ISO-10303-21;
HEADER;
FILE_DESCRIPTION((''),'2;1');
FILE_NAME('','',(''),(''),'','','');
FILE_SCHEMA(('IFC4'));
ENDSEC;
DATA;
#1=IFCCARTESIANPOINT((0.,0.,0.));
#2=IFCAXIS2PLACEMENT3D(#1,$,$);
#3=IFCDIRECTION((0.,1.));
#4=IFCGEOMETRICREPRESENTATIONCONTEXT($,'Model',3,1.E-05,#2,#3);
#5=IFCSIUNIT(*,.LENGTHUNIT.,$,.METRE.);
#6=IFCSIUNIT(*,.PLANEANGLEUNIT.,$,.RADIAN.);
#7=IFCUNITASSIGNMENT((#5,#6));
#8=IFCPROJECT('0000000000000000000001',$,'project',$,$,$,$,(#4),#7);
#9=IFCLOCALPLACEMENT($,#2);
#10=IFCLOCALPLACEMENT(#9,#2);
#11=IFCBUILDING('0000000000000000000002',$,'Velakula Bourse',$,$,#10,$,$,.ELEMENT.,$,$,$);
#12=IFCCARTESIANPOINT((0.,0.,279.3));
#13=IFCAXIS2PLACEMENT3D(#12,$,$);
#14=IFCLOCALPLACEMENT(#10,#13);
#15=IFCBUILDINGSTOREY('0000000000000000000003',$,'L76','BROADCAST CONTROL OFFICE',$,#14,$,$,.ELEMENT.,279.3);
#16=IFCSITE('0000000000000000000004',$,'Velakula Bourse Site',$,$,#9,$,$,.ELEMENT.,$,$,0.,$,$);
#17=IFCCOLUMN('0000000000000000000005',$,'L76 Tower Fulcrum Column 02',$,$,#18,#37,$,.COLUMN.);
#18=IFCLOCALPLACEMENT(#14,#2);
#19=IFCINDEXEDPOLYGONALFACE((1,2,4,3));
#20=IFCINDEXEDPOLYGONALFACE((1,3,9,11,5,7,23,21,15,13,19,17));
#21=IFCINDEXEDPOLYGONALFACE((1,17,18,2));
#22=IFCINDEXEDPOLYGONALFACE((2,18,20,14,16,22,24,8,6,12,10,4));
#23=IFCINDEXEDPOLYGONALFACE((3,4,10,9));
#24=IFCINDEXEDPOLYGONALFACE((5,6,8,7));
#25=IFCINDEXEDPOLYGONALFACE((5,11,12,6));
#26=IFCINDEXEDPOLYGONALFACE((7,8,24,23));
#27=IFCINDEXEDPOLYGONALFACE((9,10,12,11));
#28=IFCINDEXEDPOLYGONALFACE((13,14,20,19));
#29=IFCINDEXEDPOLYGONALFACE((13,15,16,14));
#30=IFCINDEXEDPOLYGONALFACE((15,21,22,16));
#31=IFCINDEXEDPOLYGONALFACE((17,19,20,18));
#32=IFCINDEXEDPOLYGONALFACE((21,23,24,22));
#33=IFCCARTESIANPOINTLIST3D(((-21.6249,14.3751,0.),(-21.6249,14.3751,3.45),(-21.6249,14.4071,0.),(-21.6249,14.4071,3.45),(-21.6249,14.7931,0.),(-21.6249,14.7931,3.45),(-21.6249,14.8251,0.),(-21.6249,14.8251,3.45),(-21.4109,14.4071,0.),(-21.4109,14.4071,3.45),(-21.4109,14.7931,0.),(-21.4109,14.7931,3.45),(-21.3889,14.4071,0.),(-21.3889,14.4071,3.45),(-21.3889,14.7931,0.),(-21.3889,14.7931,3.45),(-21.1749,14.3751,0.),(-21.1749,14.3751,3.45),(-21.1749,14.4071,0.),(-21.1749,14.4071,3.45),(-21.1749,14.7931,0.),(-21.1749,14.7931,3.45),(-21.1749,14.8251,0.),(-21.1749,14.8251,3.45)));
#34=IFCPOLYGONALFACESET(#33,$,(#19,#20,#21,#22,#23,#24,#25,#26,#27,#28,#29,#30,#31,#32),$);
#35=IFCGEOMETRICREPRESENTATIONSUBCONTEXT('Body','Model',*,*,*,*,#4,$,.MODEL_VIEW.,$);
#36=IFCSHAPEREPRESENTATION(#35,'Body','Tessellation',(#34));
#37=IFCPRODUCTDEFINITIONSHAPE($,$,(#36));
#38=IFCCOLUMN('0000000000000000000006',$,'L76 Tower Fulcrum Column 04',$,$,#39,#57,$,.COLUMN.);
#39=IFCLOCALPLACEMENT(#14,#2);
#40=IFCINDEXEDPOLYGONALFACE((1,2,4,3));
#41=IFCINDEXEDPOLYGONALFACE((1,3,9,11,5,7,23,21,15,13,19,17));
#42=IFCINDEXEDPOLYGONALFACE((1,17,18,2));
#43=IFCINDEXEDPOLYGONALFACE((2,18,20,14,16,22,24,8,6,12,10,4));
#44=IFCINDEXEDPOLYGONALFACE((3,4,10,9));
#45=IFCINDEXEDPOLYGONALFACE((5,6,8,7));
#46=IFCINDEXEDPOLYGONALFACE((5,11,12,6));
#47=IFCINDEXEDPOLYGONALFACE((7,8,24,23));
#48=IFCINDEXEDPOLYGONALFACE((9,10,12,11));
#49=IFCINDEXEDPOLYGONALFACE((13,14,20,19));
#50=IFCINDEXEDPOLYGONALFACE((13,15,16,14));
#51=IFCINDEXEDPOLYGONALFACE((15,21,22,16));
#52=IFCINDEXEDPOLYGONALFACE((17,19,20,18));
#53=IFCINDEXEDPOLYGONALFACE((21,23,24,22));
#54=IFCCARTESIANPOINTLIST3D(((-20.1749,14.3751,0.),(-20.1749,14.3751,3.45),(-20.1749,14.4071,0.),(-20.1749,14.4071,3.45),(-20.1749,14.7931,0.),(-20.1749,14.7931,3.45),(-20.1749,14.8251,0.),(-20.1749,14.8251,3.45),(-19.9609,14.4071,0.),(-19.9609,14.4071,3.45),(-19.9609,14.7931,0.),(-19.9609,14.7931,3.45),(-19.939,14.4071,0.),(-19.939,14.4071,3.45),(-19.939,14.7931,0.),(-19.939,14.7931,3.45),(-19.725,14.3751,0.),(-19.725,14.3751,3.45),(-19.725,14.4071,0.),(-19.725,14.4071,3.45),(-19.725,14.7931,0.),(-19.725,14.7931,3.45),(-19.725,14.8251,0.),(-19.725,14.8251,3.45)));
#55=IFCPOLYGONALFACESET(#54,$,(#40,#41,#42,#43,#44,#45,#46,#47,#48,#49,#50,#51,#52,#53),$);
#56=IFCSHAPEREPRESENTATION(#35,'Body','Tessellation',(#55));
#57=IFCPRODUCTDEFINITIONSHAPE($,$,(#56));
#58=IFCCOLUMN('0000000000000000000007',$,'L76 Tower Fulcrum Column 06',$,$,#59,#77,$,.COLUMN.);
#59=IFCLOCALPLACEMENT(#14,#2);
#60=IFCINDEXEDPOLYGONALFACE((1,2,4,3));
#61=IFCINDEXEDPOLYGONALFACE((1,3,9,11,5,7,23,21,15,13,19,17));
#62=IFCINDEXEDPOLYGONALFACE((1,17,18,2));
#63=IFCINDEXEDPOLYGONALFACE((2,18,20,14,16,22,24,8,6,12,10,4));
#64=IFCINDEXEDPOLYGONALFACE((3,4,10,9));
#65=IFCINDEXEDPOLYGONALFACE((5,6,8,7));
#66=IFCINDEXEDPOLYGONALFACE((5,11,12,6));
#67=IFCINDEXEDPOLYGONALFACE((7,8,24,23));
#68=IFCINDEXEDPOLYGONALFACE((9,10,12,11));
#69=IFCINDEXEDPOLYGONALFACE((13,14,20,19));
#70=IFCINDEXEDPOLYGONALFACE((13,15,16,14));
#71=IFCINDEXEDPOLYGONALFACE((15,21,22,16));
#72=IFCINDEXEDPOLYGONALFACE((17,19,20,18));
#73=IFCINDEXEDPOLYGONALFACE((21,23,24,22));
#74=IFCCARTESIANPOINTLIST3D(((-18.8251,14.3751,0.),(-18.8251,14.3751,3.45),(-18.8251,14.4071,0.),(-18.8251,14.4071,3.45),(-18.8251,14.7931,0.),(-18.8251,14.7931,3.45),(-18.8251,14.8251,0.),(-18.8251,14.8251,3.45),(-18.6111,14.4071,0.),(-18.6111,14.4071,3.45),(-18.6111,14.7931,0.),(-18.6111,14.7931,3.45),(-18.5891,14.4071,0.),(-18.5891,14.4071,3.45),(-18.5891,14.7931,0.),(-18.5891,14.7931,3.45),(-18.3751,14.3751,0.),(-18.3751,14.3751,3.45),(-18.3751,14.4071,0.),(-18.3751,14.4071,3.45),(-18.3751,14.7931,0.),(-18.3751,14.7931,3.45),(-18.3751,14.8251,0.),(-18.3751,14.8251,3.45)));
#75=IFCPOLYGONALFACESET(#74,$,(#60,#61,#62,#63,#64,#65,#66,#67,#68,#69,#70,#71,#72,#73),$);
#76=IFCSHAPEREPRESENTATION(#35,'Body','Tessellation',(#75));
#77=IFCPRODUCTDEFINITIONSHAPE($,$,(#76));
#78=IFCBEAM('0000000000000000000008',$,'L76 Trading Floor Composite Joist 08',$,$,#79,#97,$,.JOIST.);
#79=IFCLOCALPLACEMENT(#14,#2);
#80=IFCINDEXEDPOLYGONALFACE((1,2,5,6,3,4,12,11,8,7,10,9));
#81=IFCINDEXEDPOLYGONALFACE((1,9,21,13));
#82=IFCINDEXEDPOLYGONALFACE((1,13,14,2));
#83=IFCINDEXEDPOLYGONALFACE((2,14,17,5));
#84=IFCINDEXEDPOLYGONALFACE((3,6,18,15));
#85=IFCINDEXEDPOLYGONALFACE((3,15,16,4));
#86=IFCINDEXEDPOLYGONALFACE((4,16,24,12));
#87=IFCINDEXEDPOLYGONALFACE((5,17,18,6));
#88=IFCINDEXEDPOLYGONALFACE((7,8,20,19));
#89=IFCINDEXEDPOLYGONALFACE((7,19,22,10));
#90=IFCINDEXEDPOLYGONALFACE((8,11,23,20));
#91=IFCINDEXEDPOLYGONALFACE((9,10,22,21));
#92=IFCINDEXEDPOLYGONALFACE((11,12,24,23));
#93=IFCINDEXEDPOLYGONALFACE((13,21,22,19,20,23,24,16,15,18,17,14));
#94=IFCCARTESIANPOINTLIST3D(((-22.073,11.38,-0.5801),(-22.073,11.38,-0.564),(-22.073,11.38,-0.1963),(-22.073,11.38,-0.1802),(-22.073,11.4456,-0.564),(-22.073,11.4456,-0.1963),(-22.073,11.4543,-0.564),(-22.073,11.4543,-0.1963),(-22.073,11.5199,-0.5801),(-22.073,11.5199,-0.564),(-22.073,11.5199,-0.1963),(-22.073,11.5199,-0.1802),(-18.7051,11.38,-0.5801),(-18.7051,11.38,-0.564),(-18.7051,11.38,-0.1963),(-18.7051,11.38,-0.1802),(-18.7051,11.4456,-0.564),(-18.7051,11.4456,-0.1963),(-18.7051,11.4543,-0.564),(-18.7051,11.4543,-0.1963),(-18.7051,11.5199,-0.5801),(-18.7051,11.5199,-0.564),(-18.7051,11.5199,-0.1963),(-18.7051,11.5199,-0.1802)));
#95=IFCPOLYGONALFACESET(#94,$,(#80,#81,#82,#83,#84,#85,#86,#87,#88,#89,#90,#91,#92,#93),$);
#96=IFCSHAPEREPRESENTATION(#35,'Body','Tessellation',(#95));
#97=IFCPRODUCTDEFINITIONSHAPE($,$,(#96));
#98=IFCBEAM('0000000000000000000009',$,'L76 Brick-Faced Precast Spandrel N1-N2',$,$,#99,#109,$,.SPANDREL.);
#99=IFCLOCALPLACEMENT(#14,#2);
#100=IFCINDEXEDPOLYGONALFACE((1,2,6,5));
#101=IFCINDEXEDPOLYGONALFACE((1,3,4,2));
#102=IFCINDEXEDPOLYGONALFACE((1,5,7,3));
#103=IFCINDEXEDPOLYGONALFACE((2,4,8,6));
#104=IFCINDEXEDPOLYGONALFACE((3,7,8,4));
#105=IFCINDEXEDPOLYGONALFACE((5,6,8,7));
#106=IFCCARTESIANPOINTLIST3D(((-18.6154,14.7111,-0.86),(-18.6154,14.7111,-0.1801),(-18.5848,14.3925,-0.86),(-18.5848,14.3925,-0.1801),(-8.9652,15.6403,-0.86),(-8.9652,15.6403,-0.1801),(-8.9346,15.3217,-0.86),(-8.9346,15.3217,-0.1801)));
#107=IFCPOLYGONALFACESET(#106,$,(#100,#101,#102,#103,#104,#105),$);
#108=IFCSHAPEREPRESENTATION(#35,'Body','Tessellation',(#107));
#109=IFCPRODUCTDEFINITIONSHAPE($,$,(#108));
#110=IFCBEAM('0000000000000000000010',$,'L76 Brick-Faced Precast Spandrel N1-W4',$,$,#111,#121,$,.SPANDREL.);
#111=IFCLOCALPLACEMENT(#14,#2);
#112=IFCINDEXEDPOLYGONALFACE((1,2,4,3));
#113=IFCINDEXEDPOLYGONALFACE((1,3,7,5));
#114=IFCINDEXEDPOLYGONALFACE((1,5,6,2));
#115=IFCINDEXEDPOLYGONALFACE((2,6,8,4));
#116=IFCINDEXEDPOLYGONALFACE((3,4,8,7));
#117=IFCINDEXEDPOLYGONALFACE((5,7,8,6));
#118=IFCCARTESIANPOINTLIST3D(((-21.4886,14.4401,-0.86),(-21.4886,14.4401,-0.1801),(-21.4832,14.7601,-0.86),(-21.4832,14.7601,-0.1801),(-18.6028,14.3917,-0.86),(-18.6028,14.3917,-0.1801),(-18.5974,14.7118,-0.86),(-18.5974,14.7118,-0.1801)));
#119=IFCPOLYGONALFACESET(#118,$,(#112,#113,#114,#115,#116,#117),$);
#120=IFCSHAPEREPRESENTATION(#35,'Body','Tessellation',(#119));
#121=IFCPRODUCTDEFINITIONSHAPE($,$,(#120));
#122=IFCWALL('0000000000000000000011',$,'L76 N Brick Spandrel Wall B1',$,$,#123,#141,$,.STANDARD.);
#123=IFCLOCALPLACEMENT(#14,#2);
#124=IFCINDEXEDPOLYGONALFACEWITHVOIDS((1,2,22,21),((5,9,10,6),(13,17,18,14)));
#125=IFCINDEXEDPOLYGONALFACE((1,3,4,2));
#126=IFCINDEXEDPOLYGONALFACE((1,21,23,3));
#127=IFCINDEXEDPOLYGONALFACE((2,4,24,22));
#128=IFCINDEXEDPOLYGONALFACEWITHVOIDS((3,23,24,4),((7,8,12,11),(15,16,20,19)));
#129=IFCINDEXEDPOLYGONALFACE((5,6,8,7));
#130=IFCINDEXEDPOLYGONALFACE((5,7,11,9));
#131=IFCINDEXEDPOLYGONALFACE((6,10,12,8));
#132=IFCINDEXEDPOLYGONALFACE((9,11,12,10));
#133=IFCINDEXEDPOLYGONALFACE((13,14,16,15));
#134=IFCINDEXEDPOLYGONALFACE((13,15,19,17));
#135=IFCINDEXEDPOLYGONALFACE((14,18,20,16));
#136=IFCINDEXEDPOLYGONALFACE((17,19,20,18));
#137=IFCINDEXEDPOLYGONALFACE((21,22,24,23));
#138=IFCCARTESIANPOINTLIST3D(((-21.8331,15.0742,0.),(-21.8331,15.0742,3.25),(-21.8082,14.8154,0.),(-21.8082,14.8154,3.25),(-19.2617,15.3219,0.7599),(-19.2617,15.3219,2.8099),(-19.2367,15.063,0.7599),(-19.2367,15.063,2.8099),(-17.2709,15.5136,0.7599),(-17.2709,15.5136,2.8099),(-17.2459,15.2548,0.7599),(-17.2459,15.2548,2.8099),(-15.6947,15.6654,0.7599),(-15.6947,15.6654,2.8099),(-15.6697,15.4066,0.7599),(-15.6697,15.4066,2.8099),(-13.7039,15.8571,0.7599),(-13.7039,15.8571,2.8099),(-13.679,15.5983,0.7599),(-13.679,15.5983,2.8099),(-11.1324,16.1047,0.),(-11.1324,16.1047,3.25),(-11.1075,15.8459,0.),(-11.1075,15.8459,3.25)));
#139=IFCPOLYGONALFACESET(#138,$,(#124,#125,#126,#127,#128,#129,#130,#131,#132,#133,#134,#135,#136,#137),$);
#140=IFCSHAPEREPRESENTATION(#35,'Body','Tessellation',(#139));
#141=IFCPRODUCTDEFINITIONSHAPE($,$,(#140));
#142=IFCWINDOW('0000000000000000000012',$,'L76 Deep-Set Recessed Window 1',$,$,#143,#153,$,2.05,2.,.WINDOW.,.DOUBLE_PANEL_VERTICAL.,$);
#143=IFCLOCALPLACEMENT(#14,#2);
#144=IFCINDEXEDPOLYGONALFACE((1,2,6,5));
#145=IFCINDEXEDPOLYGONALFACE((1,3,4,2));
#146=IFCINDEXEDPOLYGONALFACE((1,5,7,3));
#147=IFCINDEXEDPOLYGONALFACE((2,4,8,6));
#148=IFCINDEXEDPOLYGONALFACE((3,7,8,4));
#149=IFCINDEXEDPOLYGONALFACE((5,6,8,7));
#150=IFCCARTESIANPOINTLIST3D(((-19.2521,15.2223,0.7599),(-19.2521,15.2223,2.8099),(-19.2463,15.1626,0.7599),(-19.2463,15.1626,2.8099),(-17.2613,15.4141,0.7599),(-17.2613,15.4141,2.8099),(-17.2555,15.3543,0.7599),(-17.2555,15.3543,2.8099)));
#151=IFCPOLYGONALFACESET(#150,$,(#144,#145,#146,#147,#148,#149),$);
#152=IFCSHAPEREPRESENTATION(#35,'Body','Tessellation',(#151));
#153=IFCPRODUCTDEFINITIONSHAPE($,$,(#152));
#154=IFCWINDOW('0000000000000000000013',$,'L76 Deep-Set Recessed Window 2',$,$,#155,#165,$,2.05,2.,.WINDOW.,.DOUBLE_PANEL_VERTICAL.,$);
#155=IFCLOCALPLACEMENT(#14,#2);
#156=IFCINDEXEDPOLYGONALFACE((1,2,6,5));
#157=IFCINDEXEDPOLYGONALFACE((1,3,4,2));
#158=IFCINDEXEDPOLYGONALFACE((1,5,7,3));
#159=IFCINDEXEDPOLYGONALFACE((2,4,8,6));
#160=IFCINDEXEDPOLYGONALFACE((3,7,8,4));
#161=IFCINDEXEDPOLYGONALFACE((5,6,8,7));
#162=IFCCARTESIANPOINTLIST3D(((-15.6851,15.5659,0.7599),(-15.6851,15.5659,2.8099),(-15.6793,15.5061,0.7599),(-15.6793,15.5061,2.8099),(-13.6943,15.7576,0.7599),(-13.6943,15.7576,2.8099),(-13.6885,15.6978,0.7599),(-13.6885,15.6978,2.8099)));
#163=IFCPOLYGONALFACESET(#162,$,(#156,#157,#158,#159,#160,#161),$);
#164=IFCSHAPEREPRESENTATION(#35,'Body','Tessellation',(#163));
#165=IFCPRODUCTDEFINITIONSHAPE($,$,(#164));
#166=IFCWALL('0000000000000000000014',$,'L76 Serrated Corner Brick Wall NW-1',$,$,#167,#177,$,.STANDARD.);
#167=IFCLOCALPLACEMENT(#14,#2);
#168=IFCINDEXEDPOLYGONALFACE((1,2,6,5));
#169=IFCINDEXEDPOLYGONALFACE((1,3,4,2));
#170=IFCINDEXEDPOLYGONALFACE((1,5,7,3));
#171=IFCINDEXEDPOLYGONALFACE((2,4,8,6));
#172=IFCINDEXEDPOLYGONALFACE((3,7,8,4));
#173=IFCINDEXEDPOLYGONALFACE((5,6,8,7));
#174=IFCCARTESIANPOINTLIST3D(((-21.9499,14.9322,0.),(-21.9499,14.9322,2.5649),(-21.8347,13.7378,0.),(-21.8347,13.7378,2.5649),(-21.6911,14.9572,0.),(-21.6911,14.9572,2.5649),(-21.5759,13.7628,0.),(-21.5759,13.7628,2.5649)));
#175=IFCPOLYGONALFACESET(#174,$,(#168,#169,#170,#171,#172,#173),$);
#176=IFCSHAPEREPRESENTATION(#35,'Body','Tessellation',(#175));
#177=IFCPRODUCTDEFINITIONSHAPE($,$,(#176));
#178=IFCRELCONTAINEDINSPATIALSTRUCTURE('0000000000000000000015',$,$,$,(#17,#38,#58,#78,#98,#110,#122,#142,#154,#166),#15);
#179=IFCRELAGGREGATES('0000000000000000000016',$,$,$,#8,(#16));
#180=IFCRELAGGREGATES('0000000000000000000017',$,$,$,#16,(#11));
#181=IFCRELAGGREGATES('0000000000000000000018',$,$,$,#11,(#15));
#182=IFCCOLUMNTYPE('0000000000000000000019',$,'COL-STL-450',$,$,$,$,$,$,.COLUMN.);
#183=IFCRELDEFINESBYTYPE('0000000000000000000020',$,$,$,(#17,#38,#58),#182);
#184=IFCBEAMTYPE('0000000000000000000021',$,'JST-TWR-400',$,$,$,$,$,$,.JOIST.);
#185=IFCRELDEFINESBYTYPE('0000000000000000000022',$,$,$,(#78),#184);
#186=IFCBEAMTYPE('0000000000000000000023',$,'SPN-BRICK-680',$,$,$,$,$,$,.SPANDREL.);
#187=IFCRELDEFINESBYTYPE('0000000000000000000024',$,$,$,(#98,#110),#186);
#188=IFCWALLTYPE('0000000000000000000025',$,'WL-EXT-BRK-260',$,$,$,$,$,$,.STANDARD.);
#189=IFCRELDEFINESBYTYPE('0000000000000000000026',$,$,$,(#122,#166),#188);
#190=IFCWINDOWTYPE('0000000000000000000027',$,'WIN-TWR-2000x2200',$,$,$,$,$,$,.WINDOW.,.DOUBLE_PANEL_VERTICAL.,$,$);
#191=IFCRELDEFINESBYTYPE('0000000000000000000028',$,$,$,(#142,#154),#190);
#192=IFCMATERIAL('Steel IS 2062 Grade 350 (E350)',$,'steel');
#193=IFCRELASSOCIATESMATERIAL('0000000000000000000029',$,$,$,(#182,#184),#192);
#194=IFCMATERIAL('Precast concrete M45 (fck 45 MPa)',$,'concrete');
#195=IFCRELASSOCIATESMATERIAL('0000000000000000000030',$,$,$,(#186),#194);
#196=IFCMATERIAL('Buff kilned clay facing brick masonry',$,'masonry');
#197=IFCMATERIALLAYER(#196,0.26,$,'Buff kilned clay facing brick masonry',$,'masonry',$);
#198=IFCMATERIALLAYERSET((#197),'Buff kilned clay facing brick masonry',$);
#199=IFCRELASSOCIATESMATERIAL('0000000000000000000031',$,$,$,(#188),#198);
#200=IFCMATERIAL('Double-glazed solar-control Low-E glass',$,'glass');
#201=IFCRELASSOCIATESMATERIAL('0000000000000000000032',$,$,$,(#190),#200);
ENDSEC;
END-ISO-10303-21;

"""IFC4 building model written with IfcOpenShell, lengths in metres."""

from ifc_helpers import new_model, si_unit, direction, frame, frame_2d, origin, origin_2d, place, context, subcontext, project, spatial, rectangle, i_section, extrude, material, layer, layer_set, material_profile, profile_set, type_object, element, fill, save


model = new_model("IFC4")

# Units and contexts
model_context = context("Model", 3, precision=1e-05, world=origin(), true_north=direction((0.0, 1.0)))
body_context = subcontext(model_context, "Body", "Model", "MODEL_VIEW")
ifc_project = project(units=[si_unit("LENGTHUNIT", "METRE"), si_unit("PLANEANGLEUNIT", "RADIAN")], contexts=[model_context])

# Site, building, storey
site_placement = place(None, origin())
site = spatial("IfcSite", under=ifc_project, at=site_placement, Name="Velakula Bourse Site", CompositionType="ELEMENT", RefElevation=0.0)
building_placement = place(site_placement, origin())
building = spatial("IfcBuilding", under=site, at=building_placement, Name="Velakula Bourse", CompositionType="ELEMENT")
storey_placement = place(building_placement, frame((0.0, 0.0, 279.3)))
storey = spatial("IfcBuildingStorey", under=building, at=storey_placement, Name="L76", Description="BROADCAST CONTROL OFFICE", CompositionType="ELEMENT", Elevation=279.3)

# Columns
ifc_material_1 = material(Name="Steel IS 2062 Grade 350 (E350)", Category="steel")
ifc_material_profile_1 = material_profile(ifc_material_1, i_section(OverallWidth=0.45, OverallDepth=0.45, WebThickness=0.022, FlangeThickness=0.032, at=origin_2d()), Name="Steel IS 2062 Grade 350 (E350)")
ifc_profile_set_1 = profile_set([ifc_material_profile_1], Name="Steel IS 2062 Grade 350 (E350)")
column_type = type_object("IfcColumnType", Name="COL-STL-450", PredefinedType="COLUMN", material=ifc_profile_set_1)
for number, where, z_axis, x_axis, name in (
    (1, (-21.3999, 14.6001, 0.0), (0.0, 0.0, 1.0), (1.0, 0.0, 0.0), "L76 Tower Fulcrum Column 02"),
    (2, (-19.95, 14.6001, 0.0), (0.0, 0.0, 1.0), (1.0, 0.0, 0.0), "L76 Tower Fulcrum Column 04"),
    (3, (-18.6001, 14.6001, 0.0), (0.0, 0.0, 1.0), (1.0, 0.0, 0.0), "L76 Tower Fulcrum Column 06"),
):
    element("IfcColumn", number, at=place(storey_placement, frame(where, z_axis=z_axis, x_axis=x_axis)), inside=storey, type_object=column_type, Name=name, PredefinedType="COLUMN", context=body_context, shape_type="SweptSolid", body=[
        extrude(i_section(OverallWidth=0.45, OverallDepth=0.45, WebThickness=0.022, FlangeThickness=0.032, at=origin_2d()), origin(), (0.0, 0.0, 1.0), 3.45),
    ])

# Beams
ifc_material_profile_2 = material_profile(ifc_material_1, i_section(OverallWidth=0.1399, OverallDepth=0.3999, WebThickness=0.0088, FlangeThickness=0.0161, at=origin_2d()), Name="Steel IS 2062 Grade 350 (E350)")
ifc_profile_set_2 = profile_set([ifc_material_profile_2], Name="Steel IS 2062 Grade 350 (E350)")
beam_type_1 = type_object("IfcBeamType", Name="JST-TWR-400", PredefinedType="JOIST", material=ifc_profile_set_2)
beam_1_placement = place(storey_placement, frame((-22.073, 11.45, -0.3801), z_axis=(1.0, 0.0, 0.0), x_axis=(0.0, 1.0, 0.0)))
element("IfcBeam", 4, at=beam_1_placement, inside=storey, type_object=beam_type_1, Name="L76 Trading Floor Composite Joist 08", PredefinedType="JOIST", context=body_context, shape_type="SweptSolid", body=[
    extrude(i_section(OverallWidth=0.1399, OverallDepth=0.3999, WebThickness=0.0088, FlangeThickness=0.0161, at=origin_2d()), origin(), (0.0, 0.0, 1.0), 3.3679),
])
ifc_material_2 = material(Name="Precast concrete M45 (fck 45 MPa)", Category="concrete")
ifc_material_profile_3 = material_profile(ifc_material_2, rectangle(XDim=0.3201, YDim=0.6799, at=origin_2d()), Name="Precast concrete M45 (fck 45 MPa)")
ifc_profile_set_3 = profile_set([ifc_material_profile_3], Name="Precast concrete M45 (fck 45 MPa)")
beam_type_2 = type_object("IfcBeamType", Name="SPN-BRICK-680", PredefinedType="SPANDREL", material=ifc_profile_set_3)
beam_2_placement = place(storey_placement, frame((-18.6001, 14.5518, -0.52), z_axis=(0.995396, 0.095845, 0.0), x_axis=(-0.095845, 0.995396, 0.0)))
element("IfcBeam", 5, at=beam_2_placement, inside=storey, type_object=beam_type_2, Name="L76 Brick-Faced Precast Spandrel N1-N2", PredefinedType="SPANDREL", context=body_context, shape_type="SweptSolid", body=[
    extrude(rectangle(XDim=0.3201, YDim=0.6799, at=origin_2d()), origin(), (0.0, 0.0, 1.0), 9.6948),
])
beam_3_placement = place(storey_placement, frame((-18.6001, 14.5518, -0.52), z_axis=(-0.99986, 0.016749, 0.0), x_axis=(-0.016749, -0.99986, 0.0)))
element("IfcBeam", 6, at=beam_3_placement, inside=storey, type_object=beam_type_2, Name="L76 Brick-Faced Precast Spandrel N1-W4", PredefinedType="SPANDREL", context=body_context, shape_type="SweptSolid", body=[
    extrude(rectangle(XDim=0.3201, YDim=0.6799, at=origin_2d()), origin(), (0.0, 0.0, 1.0), 2.8862),
])

# Wall, openings, windows
ifc_material_3 = material(Name="Buff kilned clay facing brick masonry", Category="masonry")
ifc_layer_1 = layer(ifc_material_3, 0.26, Name="Buff kilned clay facing brick masonry", Category="masonry")
ifc_layer_set_1 = layer_set([ifc_layer_1], Name="Buff kilned clay facing brick masonry")
wall_type_1 = type_object("IfcWallType", Name="WL-EXT-BRK-260", PredefinedType="STANDARD", material=ifc_layer_set_1)
wall_1_placement = place(storey_placement, frame((-21.8206, 14.9448, 0.0), z_axis=(0.0, 0.0, 1.0), x_axis=(0.995395, 0.09586, 0.0)))
wall_1 = element("IfcWall", 7, at=wall_1_placement, inside=storey, type_object=wall_type_1, Name="L76 N Brick Spandrel Wall B1", PredefinedType="STANDARD", context=body_context, shape_type="SweptSolid", body=[
    extrude(rectangle(XDim=10.7502, YDim=0.26, at=frame_2d((5.375, 0.0))), origin(), (0.0, 0.0, 1.0), 3.25),
])
opening_1_placement = place(wall_1_placement, frame((2.5833, 0.0, 0.76)))
opening_1 = element("IfcOpeningElement", 8, at=opening_1_placement, cuts=wall_1, PredefinedType="OPENING", context=body_context, shape_type="SweptSolid", body=[
    extrude(rectangle(XDim=2.0, YDim=2.05, at=frame_2d((1.0, 1.0249))), frame((0.0, 0.1399, 0.0), z_axis=(0.0, -1.0, 0.0), x_axis=(1.0, 0.0, 0.0)), (0.0, 0.0, 1.0), 0.28),
])
opening_2_placement = place(wall_1_placement, frame((6.1667, 0.0, 0.76)))
opening_2 = element("IfcOpeningElement", 9, at=opening_2_placement, cuts=wall_1, PredefinedType="OPENING", context=body_context, shape_type="SweptSolid", body=[
    extrude(rectangle(XDim=2.0, YDim=2.05, at=frame_2d((1.0, 1.0249))), frame((0.0, 0.1399, 0.0), z_axis=(0.0, -1.0, 0.0), x_axis=(1.0, 0.0, 0.0)), (0.0, 0.0, 1.0), 0.28),
])
ifc_material_4 = material(Name="Double-glazed solar-control Low-E glass", Category="glass")
window_type = type_object("IfcWindowType", Name="WIN-TWR-2000x2200", PartitioningType="DOUBLE_PANEL_VERTICAL", PredefinedType="WINDOW", material=ifc_material_4)
window_1_placement = place(opening_1_placement, origin())
window_1 = element("IfcWindow", 10, at=window_1_placement, inside=storey, type_object=window_type, Name="L76 Deep-Set Recessed Window 1", OverallHeight=2.05, OverallWidth=2.0, PartitioningType="DOUBLE_PANEL_VERTICAL", PredefinedType="WINDOW", context=body_context, shape_type="SweptSolid", body=[
    extrude(rectangle(XDim=2.0, YDim=2.05, at=frame_2d((1.0, 1.0249))), frame((0.0, 0.03, 0.0), z_axis=(0.0, -1.0, 0.0), x_axis=(1.0, 0.0, 0.0)), (0.0, 0.0, 1.0), 0.0601),
])
fill(opening_1, window_1)
window_2_placement = place(opening_2_placement, origin())
window_2 = element("IfcWindow", 11, at=window_2_placement, inside=storey, type_object=window_type, Name="L76 Deep-Set Recessed Window 2", OverallHeight=2.05, OverallWidth=2.0, PartitioningType="DOUBLE_PANEL_VERTICAL", PredefinedType="WINDOW", context=body_context, shape_type="SweptSolid", body=[
    extrude(rectangle(XDim=2.0, YDim=2.05, at=frame_2d((1.0, 1.0249))), frame((0.0, 0.03, 0.0), z_axis=(0.0, -1.0, 0.0), x_axis=(1.0, 0.0, 0.0)), (0.0, 0.0, 1.0), 0.0601),
])
fill(opening_2, window_2)

# Wall
wall_2_placement = place(storey_placement, frame((-21.8206, 14.9448, 0.0), z_axis=(0.0, 0.0, 1.0), x_axis=(0.096038, -0.995378, 0.0)))
element("IfcWall", 12, at=wall_2_placement, inside=storey, type_object=wall_type_1, Name="L76 Serrated Corner Brick Wall NW-1", PredefinedType="STANDARD", context=body_context, shape_type="SweptSolid", body=[
    extrude(rectangle(XDim=1.2, YDim=0.26, at=frame_2d((0.6001, 0.0))), origin(), (0.0, 0.0, 1.0), 2.5649),
])

save(model, "model.ifc")
